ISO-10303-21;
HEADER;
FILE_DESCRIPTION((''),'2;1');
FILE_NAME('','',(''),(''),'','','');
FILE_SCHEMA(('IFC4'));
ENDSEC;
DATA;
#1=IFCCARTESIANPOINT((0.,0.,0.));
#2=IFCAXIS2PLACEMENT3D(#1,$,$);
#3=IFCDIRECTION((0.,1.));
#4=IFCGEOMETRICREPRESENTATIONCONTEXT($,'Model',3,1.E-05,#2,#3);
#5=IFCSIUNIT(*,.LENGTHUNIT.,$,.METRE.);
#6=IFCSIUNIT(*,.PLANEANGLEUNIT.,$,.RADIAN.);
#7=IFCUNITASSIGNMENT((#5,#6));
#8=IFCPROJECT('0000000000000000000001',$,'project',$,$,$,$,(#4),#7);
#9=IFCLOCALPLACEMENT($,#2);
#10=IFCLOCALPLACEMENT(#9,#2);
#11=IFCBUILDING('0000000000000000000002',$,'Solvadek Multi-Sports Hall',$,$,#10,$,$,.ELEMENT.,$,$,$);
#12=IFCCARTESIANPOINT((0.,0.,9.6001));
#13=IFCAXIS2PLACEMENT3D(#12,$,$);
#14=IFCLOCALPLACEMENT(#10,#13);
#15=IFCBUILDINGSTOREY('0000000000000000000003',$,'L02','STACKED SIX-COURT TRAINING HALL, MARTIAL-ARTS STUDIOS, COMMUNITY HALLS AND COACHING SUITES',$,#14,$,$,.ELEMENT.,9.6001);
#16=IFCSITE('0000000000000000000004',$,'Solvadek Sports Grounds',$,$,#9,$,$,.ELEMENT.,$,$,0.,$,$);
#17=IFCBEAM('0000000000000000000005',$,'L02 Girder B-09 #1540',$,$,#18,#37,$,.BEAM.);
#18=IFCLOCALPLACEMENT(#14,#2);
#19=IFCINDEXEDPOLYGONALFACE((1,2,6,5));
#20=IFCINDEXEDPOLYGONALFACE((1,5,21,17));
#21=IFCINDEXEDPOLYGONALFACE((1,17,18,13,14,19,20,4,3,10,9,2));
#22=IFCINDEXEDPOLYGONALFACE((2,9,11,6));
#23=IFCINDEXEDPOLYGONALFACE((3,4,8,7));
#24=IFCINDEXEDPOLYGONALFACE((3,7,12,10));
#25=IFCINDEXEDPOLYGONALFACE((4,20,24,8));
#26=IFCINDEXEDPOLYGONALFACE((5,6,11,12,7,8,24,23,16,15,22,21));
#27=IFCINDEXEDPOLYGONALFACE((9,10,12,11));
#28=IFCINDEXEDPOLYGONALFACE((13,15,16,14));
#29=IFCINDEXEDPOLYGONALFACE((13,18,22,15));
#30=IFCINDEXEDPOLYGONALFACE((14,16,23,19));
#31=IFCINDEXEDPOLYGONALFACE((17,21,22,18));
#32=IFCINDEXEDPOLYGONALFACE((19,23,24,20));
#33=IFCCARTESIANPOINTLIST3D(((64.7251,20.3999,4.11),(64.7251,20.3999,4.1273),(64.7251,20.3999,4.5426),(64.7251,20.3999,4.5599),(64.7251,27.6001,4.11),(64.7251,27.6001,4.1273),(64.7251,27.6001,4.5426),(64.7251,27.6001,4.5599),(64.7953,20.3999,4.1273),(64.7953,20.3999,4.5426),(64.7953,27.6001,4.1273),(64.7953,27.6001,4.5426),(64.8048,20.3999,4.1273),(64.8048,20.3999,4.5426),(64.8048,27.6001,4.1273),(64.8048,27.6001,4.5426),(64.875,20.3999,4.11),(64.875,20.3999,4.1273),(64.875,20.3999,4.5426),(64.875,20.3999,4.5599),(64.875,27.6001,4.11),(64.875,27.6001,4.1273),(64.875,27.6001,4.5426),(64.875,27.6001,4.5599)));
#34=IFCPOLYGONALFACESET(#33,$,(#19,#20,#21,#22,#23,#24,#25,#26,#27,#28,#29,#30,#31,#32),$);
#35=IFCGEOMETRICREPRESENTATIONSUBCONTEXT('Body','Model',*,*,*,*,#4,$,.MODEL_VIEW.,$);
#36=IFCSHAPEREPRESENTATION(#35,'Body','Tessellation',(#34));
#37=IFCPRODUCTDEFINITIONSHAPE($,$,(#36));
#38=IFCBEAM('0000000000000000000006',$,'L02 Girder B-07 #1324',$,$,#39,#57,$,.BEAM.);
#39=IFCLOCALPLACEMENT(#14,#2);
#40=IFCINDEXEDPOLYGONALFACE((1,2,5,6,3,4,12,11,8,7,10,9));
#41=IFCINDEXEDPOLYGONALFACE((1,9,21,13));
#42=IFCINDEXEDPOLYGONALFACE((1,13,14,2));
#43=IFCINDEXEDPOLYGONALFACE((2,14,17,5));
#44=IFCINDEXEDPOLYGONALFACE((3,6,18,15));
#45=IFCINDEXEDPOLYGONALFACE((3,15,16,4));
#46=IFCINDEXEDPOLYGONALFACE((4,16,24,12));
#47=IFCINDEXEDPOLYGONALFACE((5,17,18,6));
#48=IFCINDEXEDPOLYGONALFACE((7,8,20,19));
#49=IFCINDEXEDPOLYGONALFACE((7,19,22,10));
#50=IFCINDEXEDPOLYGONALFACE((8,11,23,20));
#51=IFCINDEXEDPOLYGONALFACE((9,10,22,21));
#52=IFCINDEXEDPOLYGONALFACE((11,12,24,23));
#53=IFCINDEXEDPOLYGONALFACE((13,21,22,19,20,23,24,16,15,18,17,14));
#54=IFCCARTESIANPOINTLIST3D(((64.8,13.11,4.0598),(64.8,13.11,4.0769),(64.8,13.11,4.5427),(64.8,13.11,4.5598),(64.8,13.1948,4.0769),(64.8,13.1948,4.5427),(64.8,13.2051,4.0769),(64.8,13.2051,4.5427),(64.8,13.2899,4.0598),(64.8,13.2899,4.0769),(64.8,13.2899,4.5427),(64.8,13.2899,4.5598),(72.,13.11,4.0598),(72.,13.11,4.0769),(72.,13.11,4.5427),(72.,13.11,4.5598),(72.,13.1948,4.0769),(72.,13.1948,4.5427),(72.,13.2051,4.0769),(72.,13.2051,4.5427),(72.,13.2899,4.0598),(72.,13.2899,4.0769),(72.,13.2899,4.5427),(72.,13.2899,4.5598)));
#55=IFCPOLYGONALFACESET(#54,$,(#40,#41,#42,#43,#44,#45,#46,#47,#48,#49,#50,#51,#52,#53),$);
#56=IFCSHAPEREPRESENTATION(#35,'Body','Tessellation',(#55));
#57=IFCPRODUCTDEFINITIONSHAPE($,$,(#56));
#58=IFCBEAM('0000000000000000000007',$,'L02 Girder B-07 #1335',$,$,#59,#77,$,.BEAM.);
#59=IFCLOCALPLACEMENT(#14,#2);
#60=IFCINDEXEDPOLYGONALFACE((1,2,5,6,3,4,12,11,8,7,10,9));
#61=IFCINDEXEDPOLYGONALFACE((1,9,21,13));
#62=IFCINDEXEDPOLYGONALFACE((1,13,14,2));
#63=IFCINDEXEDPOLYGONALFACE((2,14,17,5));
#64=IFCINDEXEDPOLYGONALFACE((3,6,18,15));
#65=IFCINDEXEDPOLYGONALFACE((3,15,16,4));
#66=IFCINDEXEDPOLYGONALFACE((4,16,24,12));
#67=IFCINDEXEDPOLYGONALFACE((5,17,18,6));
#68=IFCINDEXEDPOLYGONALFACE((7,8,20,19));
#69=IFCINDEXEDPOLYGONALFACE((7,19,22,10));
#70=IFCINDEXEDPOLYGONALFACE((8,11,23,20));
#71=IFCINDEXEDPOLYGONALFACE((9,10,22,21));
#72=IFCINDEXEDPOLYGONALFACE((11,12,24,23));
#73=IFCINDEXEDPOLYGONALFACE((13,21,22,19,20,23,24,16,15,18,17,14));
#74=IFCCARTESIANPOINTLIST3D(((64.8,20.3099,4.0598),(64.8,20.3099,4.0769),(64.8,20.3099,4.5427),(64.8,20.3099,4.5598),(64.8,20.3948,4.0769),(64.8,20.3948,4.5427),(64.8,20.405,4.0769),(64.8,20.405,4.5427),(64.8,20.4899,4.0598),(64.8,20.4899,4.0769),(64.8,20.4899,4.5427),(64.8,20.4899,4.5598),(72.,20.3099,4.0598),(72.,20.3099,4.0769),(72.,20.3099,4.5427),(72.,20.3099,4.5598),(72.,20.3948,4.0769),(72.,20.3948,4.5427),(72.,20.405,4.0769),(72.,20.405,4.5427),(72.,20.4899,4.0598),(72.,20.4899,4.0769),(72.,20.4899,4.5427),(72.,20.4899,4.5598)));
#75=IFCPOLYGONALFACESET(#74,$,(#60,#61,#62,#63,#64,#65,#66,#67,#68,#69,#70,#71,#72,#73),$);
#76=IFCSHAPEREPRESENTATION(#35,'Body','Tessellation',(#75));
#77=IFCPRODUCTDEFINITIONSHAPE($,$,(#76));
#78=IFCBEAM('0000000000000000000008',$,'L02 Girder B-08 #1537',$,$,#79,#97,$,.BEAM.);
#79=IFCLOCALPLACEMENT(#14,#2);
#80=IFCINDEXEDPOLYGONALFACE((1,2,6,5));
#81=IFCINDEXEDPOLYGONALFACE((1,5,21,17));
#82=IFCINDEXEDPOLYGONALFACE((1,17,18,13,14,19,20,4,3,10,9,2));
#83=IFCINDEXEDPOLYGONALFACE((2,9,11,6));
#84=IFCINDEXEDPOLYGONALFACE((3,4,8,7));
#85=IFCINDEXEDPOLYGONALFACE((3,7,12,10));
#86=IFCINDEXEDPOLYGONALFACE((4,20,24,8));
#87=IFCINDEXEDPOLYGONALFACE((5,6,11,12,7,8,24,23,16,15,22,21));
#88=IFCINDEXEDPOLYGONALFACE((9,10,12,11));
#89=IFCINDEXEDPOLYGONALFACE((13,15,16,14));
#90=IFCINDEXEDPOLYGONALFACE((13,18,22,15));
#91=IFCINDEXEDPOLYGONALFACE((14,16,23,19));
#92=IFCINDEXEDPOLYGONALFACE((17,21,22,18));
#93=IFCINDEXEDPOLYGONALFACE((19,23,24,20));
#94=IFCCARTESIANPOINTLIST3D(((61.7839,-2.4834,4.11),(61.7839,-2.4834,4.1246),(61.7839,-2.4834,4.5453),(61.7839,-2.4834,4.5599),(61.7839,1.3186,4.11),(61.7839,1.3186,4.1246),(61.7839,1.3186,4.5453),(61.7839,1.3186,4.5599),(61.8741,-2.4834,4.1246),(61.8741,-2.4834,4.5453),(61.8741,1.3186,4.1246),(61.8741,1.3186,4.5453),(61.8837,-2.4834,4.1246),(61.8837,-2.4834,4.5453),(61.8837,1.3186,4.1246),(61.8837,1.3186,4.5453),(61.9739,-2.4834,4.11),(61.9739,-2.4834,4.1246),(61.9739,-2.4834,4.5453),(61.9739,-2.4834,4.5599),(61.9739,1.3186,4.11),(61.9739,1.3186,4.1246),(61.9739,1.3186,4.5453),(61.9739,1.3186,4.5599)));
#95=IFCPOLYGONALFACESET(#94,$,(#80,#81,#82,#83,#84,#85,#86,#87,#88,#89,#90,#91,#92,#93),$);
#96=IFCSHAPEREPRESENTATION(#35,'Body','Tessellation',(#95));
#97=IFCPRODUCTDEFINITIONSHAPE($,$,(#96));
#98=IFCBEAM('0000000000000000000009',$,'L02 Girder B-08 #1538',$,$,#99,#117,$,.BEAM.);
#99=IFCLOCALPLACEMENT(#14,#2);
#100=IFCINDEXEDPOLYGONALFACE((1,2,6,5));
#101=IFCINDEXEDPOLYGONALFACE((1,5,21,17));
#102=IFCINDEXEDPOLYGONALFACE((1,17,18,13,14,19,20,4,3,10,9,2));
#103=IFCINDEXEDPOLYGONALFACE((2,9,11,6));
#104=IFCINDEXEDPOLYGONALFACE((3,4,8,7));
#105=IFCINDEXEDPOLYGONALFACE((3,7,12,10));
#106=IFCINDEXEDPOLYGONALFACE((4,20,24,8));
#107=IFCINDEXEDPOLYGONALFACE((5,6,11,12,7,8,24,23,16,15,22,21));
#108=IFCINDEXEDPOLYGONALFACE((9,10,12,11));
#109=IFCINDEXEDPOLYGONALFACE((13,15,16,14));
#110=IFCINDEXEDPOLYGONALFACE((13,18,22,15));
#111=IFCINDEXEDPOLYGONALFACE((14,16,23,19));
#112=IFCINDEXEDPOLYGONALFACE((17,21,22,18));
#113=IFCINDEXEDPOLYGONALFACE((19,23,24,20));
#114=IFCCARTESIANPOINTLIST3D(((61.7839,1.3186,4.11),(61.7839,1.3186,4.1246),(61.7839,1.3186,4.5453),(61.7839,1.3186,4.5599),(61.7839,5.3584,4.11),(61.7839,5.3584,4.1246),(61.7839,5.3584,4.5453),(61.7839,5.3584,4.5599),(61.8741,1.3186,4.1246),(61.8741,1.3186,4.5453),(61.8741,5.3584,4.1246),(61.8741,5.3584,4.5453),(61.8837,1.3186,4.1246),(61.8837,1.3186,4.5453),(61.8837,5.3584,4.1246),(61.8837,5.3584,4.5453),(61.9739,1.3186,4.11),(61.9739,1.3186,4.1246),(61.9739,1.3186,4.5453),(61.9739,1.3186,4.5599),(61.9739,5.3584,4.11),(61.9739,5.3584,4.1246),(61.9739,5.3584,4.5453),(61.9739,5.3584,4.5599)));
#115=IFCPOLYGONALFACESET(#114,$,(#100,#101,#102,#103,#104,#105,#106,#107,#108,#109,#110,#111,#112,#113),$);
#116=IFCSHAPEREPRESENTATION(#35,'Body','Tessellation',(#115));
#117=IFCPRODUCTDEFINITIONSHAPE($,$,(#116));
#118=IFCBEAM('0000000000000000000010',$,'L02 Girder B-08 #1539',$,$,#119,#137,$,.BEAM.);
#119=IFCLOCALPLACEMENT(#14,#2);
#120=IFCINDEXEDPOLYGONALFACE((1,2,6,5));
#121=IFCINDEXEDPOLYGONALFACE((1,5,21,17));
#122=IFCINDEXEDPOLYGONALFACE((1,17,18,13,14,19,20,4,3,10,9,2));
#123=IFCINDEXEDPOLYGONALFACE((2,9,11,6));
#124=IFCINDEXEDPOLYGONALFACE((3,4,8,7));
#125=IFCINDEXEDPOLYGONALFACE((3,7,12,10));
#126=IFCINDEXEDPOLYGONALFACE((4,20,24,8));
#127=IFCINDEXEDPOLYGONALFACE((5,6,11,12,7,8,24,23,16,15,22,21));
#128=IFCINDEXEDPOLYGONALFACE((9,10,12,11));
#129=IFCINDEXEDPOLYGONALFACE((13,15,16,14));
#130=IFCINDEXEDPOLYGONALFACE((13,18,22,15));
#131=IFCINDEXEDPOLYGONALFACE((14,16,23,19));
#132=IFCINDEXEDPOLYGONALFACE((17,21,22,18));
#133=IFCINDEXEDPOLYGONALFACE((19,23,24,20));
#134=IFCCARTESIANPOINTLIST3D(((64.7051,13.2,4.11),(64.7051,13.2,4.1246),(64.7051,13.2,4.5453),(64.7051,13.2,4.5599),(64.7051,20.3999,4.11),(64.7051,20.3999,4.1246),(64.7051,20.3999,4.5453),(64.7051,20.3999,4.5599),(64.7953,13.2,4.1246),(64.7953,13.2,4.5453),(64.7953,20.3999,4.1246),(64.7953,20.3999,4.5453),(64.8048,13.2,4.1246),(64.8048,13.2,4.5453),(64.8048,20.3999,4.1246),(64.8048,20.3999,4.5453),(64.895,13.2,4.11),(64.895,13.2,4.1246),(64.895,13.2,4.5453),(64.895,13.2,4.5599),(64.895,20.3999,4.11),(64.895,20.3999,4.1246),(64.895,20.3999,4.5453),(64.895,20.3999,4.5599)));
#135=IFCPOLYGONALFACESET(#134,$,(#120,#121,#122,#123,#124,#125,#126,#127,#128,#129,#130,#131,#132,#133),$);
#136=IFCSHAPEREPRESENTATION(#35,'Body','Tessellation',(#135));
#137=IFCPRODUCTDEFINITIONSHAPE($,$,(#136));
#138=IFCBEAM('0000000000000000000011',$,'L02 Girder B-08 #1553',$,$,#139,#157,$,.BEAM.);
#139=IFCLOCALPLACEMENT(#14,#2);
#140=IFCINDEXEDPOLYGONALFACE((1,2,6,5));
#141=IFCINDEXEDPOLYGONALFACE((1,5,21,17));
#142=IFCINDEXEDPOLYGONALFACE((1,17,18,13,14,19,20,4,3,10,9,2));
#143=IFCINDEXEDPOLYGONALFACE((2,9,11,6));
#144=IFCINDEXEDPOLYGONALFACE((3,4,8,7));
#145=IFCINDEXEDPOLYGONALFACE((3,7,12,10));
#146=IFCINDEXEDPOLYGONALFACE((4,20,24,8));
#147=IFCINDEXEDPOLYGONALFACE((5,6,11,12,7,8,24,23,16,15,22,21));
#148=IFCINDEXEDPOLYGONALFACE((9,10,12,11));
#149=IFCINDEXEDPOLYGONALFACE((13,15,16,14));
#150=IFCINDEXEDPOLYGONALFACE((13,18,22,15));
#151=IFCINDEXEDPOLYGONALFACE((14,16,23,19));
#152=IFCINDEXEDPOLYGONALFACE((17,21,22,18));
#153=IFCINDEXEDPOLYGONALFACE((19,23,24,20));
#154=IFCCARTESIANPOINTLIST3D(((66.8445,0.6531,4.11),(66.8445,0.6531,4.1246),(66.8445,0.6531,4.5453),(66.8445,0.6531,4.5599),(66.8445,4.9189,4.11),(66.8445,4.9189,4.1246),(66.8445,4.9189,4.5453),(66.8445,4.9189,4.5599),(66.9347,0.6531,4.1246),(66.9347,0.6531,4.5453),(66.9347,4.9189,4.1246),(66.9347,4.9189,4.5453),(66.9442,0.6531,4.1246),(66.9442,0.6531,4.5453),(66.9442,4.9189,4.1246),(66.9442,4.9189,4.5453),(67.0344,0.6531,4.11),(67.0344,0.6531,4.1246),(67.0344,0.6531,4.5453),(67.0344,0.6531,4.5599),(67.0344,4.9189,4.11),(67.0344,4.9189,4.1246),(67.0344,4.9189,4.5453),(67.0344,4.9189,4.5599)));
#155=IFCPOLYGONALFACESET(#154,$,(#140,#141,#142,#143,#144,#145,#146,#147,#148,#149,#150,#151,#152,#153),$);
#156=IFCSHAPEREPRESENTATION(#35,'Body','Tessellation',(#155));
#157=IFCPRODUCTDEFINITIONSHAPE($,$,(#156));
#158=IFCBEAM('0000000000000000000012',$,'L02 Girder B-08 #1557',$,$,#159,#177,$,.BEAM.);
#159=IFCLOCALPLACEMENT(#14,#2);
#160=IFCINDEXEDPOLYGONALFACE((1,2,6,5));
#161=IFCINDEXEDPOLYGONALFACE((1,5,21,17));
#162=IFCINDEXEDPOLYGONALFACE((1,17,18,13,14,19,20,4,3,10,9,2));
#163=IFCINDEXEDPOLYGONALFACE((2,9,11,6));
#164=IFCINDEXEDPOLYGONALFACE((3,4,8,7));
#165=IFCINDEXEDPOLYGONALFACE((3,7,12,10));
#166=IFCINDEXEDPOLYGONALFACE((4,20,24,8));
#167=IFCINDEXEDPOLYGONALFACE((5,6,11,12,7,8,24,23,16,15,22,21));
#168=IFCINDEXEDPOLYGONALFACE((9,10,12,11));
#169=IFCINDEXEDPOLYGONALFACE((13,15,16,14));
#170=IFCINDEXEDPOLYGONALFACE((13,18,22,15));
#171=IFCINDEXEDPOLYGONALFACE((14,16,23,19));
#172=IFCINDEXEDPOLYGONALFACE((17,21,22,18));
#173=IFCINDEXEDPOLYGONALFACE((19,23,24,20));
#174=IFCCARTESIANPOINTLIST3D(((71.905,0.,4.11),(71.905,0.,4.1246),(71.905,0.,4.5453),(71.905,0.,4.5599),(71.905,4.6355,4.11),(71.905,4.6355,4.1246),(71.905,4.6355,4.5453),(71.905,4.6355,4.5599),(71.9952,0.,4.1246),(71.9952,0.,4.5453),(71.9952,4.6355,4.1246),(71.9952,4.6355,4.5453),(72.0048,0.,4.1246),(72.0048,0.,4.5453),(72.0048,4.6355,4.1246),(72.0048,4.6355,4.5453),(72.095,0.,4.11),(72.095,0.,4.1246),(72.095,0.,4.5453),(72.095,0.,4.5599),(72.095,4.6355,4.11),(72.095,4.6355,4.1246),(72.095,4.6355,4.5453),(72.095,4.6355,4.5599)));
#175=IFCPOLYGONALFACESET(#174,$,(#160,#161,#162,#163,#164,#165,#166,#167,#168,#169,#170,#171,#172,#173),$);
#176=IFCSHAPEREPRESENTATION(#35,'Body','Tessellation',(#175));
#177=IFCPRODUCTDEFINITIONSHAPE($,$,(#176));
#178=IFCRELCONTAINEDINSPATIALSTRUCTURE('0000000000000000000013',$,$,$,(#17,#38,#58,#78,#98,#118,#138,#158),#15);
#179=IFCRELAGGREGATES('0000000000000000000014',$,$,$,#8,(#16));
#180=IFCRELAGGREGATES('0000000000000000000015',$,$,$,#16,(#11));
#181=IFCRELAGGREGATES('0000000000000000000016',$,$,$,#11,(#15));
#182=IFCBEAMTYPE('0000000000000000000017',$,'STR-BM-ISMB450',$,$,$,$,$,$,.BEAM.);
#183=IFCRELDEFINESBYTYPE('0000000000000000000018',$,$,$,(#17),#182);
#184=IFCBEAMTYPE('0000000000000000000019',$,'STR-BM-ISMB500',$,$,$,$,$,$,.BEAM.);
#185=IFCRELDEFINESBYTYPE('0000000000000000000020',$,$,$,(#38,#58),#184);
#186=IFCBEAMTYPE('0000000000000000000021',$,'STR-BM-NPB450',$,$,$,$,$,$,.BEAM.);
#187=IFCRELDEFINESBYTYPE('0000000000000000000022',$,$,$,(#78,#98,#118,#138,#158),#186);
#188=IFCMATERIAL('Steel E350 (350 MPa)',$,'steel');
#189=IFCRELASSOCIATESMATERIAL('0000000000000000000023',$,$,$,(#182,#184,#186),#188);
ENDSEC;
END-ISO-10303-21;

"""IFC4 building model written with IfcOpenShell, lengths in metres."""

from ifc_helpers import new_model, si_unit, direction, frame, origin, origin_2d, place, context, subcontext, project, spatial, i_section, extrude, material, material_profile, profile_set, type_object, element, save


model = new_model("IFC4")

# Units and contexts
model_context = context("Model", 3, precision=1e-05, world=origin(), true_north=direction((0.0, 1.0)))
body_context = subcontext(model_context, "Body", "Model", "MODEL_VIEW")
ifc_project = project(units=[si_unit("LENGTHUNIT", "METRE"), si_unit("PLANEANGLEUNIT", "RADIAN")], contexts=[model_context])

# Site, building, storey
site_placement = place(None, origin())
site = spatial("IfcSite", under=ifc_project, at=site_placement, Name="Solvadek Sports Grounds", CompositionType="ELEMENT", RefElevation=0.0)
building_placement = place(site_placement, origin())
building = spatial("IfcBuilding", under=site, at=building_placement, Name="Solvadek Multi-Sports Hall", CompositionType="ELEMENT")
storey_placement = place(building_placement, frame((0.0, 0.0, 9.6001)))
storey = spatial("IfcBuildingStorey", under=building, at=storey_placement, Name="L02", Description="STACKED SIX-COURT TRAINING HALL, MARTIAL-ARTS STUDIOS, COMMUNITY HALLS AND COACHING SUITES", CompositionType="ELEMENT", Elevation=9.6001)

# Shared definitions
ifc_material_1 = material(Name="Steel E350 (350 MPa)", Category="steel")

# Beams
ifc_material_profile_1 = material_profile(ifc_material_1, i_section(OverallWidth=0.1499, OverallDepth=0.45, WebThickness=0.0095, FlangeThickness=0.0173, at=origin_2d()), Name="ISMB 450")
ifc_profile_set_1 = profile_set([ifc_material_profile_1], Name="Steel E350 (350 MPa)")
beam_type_1 = type_object("IfcBeamType", Name="STR-BM-ISMB450", PredefinedType="BEAM", material=ifc_profile_set_1)
beam_1_placement = place(storey_placement, frame((64.8, 20.3999, 4.335), z_axis=(0.0, 1.0, 0.0), x_axis=(-1.0, 0.0, 0.0)))
element("IfcBeam", 1, at=beam_1_placement, inside=storey, type_object=beam_type_1, Name="L02 Girder B-09 #1540", PredefinedType="BEAM", context=body_context, shape_type="SweptSolid", body=[
    extrude(i_section(OverallWidth=0.1499, OverallDepth=0.45, WebThickness=0.0095, FlangeThickness=0.0173, at=origin_2d()), origin(), (0.0, 0.0, 1.0), 7.2002),
])
ifc_material_profile_2 = material_profile(ifc_material_1, i_section(OverallWidth=0.1799, OverallDepth=0.5, WebThickness=0.0103, FlangeThickness=0.0171, at=origin_2d()), Name="ISMB 500")
ifc_profile_set_2 = profile_set([ifc_material_profile_2], Name="Steel E350 (350 MPa)")
beam_type_2 = type_object("IfcBeamType", Name="STR-BM-ISMB500", PredefinedType="BEAM", material=ifc_profile_set_2)
for number, where, z_axis, x_axis, name in (
    (2, (64.8, 13.2, 4.3098), (1.0, 0.0, 0.0), (0.0, 1.0, 0.0), "L02 Girder B-07 #1324"),
    (3, (64.8, 20.3999, 4.3098), (1.0, 0.0, 0.0), (0.0, 1.0, 0.0), "L02 Girder B-07 #1335"),
):
    element("IfcBeam", number, at=place(storey_placement, frame(where, z_axis=z_axis, x_axis=x_axis)), inside=storey, type_object=beam_type_2, Name=name, PredefinedType="BEAM", context=body_context, shape_type="SweptSolid", body=[
        extrude(i_section(OverallWidth=0.1799, OverallDepth=0.5, WebThickness=0.0103, FlangeThickness=0.0171, at=origin_2d()), origin(), (0.0, 0.0, 1.0), 7.2),
    ])
ifc_material_profile_3 = material_profile(ifc_material_1, i_section(OverallWidth=0.1899, OverallDepth=0.45, WebThickness=0.0095, FlangeThickness=0.0146, at=origin_2d()), Name="NPB 450")
ifc_profile_set_3 = profile_set([ifc_material_profile_3], Name="Steel E350 (350 MPa)")
beam_type_3 = type_object("IfcBeamType", Name="STR-BM-NPB450", PredefinedType="BEAM", material=ifc_profile_set_3)
beam_2_placement = place(storey_placement, frame((61.8789, -2.4834, 4.335), z_axis=(0.0, 1.0, 0.0), x_axis=(-1.0, 0.0, 0.0)))
element("IfcBeam", 4, at=beam_2_placement, inside=storey, type_object=beam_type_3, Name="L02 Girder B-08 #1537", PredefinedType="BEAM", context=body_context, shape_type="SweptSolid", body=[
    extrude(i_section(OverallWidth=0.1899, OverallDepth=0.45, WebThickness=0.0095, FlangeThickness=0.0146, at=origin_2d()), origin(), (0.0, 0.0, 1.0), 3.802),
])
beam_3_placement = place(storey_placement, frame((61.8789, 1.3186, 4.335), z_axis=(0.0, 1.0, 0.0), x_axis=(-1.0, 0.0, 0.0)))
element("IfcBeam", 5, at=beam_3_placement, inside=storey, type_object=beam_type_3, Name="L02 Girder B-08 #1538", PredefinedType="BEAM", context=body_context, shape_type="SweptSolid", body=[
    extrude(i_section(OverallWidth=0.1899, OverallDepth=0.45, WebThickness=0.0095, FlangeThickness=0.0146, at=origin_2d()), origin(), (0.0, 0.0, 1.0), 4.0398),
])
beam_4_placement = place(storey_placement, frame((64.8, 13.2, 4.335), z_axis=(0.0, 1.0, 0.0), x_axis=(-1.0, 0.0, 0.0)))
element("IfcBeam", 6, at=beam_4_placement, inside=storey, type_object=beam_type_3, Name="L02 Girder B-08 #1539", PredefinedType="BEAM", context=body_context, shape_type="SweptSolid", body=[
    extrude(i_section(OverallWidth=0.1899, OverallDepth=0.45, WebThickness=0.0095, FlangeThickness=0.0146, at=origin_2d()), origin(), (0.0, 0.0, 1.0), 7.2),
])
beam_5_placement = place(storey_placement, frame((66.9395, 0.6531, 4.335), z_axis=(0.0, 1.0, 0.0), x_axis=(-1.0, 0.0, 0.0)))
element("IfcBeam", 7, at=beam_5_placement, inside=storey, type_object=beam_type_3, Name="L02 Girder B-08 #1553", PredefinedType="BEAM", context=body_context, shape_type="SweptSolid", body=[
    extrude(i_section(OverallWidth=0.1899, OverallDepth=0.45, WebThickness=0.0095, FlangeThickness=0.0146, at=origin_2d()), origin(), (0.0, 0.0, 1.0), 4.2659),
])
beam_6_placement = place(storey_placement, frame((72.0, 0.0, 4.335), z_axis=(0.0, 1.0, 0.0), x_axis=(-1.0, 0.0, 0.0)))
element("IfcBeam", 8, at=beam_6_placement, inside=storey, type_object=beam_type_3, Name="L02 Girder B-08 #1557", PredefinedType="BEAM", context=body_context, shape_type="SweptSolid", body=[
    extrude(i_section(OverallWidth=0.1899, OverallDepth=0.45, WebThickness=0.0095, FlangeThickness=0.0146, at=origin_2d()), origin(), (0.0, 0.0, 1.0), 4.6355),
])

save(model, "model.ifc")
